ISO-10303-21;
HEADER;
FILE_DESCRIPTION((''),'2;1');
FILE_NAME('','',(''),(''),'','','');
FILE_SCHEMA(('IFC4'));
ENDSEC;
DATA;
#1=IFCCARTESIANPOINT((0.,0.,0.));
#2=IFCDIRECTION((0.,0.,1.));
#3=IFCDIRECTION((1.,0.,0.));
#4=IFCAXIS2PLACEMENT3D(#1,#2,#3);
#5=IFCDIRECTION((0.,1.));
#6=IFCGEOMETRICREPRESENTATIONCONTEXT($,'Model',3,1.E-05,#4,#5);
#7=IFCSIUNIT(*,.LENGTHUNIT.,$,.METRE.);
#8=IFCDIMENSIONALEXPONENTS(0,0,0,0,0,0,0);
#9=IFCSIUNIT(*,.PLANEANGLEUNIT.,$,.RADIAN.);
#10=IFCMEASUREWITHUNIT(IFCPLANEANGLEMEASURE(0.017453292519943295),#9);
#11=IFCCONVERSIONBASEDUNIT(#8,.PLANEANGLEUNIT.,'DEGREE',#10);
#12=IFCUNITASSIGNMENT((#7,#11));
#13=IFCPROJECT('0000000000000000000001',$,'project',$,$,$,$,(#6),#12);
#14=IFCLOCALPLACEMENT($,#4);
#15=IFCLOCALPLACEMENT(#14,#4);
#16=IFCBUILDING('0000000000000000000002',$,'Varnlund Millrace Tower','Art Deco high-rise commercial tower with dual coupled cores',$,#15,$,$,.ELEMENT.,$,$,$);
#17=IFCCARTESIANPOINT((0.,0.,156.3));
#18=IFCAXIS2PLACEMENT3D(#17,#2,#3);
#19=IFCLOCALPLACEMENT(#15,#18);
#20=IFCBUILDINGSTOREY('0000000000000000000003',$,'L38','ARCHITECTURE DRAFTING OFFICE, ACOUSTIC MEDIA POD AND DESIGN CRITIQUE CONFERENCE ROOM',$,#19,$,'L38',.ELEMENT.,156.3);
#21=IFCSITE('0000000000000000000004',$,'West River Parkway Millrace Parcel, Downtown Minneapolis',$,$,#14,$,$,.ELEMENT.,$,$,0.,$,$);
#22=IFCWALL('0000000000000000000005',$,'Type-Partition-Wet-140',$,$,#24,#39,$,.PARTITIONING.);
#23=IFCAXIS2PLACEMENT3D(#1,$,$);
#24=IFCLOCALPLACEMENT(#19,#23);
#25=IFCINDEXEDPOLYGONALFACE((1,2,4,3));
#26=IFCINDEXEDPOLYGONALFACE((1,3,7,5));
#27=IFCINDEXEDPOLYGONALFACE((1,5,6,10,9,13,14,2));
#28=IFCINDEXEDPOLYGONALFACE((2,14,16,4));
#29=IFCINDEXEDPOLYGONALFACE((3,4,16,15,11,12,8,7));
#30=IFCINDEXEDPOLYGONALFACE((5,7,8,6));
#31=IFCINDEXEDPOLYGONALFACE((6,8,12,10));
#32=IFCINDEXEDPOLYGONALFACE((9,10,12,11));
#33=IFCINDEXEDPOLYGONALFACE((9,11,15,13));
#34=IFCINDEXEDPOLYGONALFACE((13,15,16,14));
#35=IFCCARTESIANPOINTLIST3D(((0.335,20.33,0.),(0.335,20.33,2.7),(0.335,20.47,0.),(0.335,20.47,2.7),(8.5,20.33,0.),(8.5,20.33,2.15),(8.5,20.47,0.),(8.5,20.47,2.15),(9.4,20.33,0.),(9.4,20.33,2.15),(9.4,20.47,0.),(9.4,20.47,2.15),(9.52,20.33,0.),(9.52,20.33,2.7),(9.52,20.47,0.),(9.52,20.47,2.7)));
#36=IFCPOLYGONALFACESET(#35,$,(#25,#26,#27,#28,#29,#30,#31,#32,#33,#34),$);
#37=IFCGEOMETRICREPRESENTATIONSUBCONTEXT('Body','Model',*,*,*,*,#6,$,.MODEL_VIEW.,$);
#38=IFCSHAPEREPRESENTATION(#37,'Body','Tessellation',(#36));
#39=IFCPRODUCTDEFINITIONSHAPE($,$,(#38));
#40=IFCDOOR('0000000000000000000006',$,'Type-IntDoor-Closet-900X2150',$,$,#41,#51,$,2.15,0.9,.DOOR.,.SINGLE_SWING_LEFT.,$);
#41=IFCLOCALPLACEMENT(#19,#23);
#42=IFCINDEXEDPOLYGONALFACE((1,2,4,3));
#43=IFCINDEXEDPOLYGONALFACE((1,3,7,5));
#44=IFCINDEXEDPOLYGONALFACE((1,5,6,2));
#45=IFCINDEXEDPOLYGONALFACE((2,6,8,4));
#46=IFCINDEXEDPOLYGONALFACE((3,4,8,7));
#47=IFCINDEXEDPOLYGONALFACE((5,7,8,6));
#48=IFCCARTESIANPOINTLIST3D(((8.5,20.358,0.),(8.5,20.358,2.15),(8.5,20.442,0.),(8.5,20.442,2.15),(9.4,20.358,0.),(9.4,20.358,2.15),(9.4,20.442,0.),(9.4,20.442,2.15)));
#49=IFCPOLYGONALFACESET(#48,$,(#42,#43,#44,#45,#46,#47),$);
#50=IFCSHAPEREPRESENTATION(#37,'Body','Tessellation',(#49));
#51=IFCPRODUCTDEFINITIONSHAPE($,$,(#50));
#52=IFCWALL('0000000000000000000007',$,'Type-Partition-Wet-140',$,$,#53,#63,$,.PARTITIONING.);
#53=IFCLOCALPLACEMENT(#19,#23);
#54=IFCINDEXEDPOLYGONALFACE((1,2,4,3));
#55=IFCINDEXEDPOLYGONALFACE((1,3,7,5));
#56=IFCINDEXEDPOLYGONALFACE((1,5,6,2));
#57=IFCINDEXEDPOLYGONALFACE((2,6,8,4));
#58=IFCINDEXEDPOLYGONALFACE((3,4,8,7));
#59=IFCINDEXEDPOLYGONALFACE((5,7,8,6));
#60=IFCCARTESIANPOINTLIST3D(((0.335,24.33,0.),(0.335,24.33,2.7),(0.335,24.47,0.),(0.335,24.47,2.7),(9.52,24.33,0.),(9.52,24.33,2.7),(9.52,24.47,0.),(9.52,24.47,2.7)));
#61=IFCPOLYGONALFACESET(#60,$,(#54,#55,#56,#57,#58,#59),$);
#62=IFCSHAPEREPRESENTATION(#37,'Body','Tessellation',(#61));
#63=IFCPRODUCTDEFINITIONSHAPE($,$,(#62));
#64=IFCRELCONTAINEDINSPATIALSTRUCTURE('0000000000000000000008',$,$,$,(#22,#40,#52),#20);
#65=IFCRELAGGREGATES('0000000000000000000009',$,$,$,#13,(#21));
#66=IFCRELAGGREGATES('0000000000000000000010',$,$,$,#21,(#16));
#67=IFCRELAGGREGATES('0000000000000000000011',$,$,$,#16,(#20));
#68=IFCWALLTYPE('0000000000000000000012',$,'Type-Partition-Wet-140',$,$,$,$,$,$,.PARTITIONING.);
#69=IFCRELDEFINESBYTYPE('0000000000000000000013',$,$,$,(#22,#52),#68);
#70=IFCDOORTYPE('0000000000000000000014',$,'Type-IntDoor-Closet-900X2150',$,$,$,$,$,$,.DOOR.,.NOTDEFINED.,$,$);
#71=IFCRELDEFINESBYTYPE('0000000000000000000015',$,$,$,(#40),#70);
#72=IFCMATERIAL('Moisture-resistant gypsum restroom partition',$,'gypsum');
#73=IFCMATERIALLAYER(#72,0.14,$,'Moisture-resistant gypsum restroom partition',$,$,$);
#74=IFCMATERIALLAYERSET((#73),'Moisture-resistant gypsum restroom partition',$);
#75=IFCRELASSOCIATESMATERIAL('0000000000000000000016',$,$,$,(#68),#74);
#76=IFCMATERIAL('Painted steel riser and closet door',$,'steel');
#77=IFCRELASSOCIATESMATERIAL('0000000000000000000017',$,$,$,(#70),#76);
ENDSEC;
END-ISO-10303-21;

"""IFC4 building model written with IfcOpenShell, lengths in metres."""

from ifc_helpers import new_model, entity, si_unit, converted_unit, direction, frame, origin_with_axes, origin_2d_with_axis, place, context, subcontext, project, spatial, polyline, rectangle, outline, extrude, material, layer, layer_set, type_object, element, fill, save


model = new_model("IFC4")

# Units and contexts
model_context = context("Model", 3, precision=1e-05, world=origin_with_axes(), true_north=direction((0.0, 1.0)))
body_context = subcontext(model_context, "Body", "Model", "MODEL_VIEW")
ifc_project = project(units=[si_unit("LENGTHUNIT", "METRE"), converted_unit("PLANEANGLEUNIT", "DEGREE", entity("IfcPlaneAngleMeasure", 0.017453292519943295), si_unit("PLANEANGLEUNIT", "RADIAN"), dimensions=[0, 0, 0, 0, 0, 0, 0])], contexts=[model_context])

# Site, building, storey
site_placement = place(None, origin_with_axes())
site = spatial("IfcSite", under=ifc_project, at=site_placement, Name="West River Parkway Millrace Parcel, Downtown Minneapolis", CompositionType="ELEMENT", RefElevation=0.0)
building_placement = place(site_placement, origin_with_axes())
building = spatial("IfcBuilding", under=site, at=building_placement, Name="Varnlund Millrace Tower", Description="Art Deco high-rise commercial tower with dual coupled cores", CompositionType="ELEMENT")
storey_placement = place(building_placement, frame((0.0, 0.0, 156.3), z_axis=(0.0, 0.0, 1.0), x_axis=(1.0, 0.0, 0.0)))
storey = spatial("IfcBuildingStorey", under=building, at=storey_placement, Name="L38", Description="ARCHITECTURE DRAFTING OFFICE, ACOUSTIC MEDIA POD AND DESIGN CRITIQUE CONFERENCE ROOM", LongName="L38", CompositionType="ELEMENT", Elevation=156.3)

# Shared definitions
ifc_material_1 = material(Name="Moisture-resistant gypsum restroom partition", Category="gypsum")
ifc_layer_1 = layer(ifc_material_1, 0.14, Name="Moisture-resistant gypsum restroom partition")
ifc_layer_set_1 = layer_set([ifc_layer_1], Name="Moisture-resistant gypsum restroom partition")
wall_type_1 = type_object("IfcWallType", Name="Type-Partition-Wet-140", PredefinedType="PARTITIONING", material=ifc_layer_set_1)

# Wall, opening, door
ifc_material_2 = material(Name="Painted steel riser and closet door", Category="steel")
door_type_1 = type_object("IfcDoorType", Name="Type-IntDoor-Closet-900X2150", OperationType="NOTDEFINED", PredefinedType="DOOR", material=ifc_material_2)
wall_1_placement = place(storey_placement, frame((0.335, 20.4, 0.0), z_axis=(0.0, 0.0, 1.0), x_axis=(1.0, 0.0, 0.0)))
wall_1 = element("IfcWall", 1, at=wall_1_placement, inside=storey, type_object=wall_type_1, Name="Type-Partition-Wet-140", PredefinedType="PARTITIONING", context=body_context, shape_type="SweptSolid", body=[
    extrude(outline(polyline([(0.0, -0.07), (9.185, -0.07), (9.185, 0.07), (0.0, 0.07), (0.0, -0.07)])), origin_with_axes(), (0.0, 0.0, 1.0), 2.7),
])
opening_1_placement = place(wall_1_placement, frame((8.615, 0.0, 0.0), z_axis=(0.0, 0.0, 1.0), x_axis=(1.0, 0.0, 0.0)))
opening_1 = element("IfcOpeningElement", 2, at=opening_1_placement, cuts=wall_1, PredefinedType="OPENING", context=body_context, shape_type="SweptSolid", body=[
    extrude(rectangle(XDim=0.9, YDim=0.16, at=origin_2d_with_axis()), origin_with_axes(), (0.0, 0.0, 1.0), 2.15),
])
door_1_placement = place(wall_1_placement, frame((8.615, 0.0, 0.0), z_axis=(0.0, 0.0, 1.0), x_axis=(1.0, 0.0, 0.0)))
door_1 = element("IfcDoor", 3, at=door_1_placement, inside=storey, type_object=door_type_1, Name="Type-IntDoor-Closet-900X2150", OperationType="SINGLE_SWING_LEFT", OverallHeight=2.15, OverallWidth=0.9, PredefinedType="DOOR", context=body_context, shape_type="SweptSolid", body=[
    extrude(rectangle(XDim=0.9, YDim=0.084, at=origin_2d_with_axis()), origin_with_axes(), (0.0, 0.0, 1.0), 2.15),
])
fill(opening_1, door_1)

# Wall
wall_2_placement = place(storey_placement, frame((0.335, 24.4, 0.0), z_axis=(0.0, 0.0, 1.0), x_axis=(1.0, 0.0, 0.0)))
element("IfcWall", 4, at=wall_2_placement, inside=storey, type_object=wall_type_1, Name="Type-Partition-Wet-140", PredefinedType="PARTITIONING", context=body_context, shape_type="SweptSolid", body=[
    extrude(outline(polyline([(0.0, -0.07), (9.185, -0.07), (9.185, 0.07), (0.0, 0.07), (0.0, -0.07)])), origin_with_axes(), (0.0, 0.0, 1.0), 2.7),
])

save(model, "model.ifc")
